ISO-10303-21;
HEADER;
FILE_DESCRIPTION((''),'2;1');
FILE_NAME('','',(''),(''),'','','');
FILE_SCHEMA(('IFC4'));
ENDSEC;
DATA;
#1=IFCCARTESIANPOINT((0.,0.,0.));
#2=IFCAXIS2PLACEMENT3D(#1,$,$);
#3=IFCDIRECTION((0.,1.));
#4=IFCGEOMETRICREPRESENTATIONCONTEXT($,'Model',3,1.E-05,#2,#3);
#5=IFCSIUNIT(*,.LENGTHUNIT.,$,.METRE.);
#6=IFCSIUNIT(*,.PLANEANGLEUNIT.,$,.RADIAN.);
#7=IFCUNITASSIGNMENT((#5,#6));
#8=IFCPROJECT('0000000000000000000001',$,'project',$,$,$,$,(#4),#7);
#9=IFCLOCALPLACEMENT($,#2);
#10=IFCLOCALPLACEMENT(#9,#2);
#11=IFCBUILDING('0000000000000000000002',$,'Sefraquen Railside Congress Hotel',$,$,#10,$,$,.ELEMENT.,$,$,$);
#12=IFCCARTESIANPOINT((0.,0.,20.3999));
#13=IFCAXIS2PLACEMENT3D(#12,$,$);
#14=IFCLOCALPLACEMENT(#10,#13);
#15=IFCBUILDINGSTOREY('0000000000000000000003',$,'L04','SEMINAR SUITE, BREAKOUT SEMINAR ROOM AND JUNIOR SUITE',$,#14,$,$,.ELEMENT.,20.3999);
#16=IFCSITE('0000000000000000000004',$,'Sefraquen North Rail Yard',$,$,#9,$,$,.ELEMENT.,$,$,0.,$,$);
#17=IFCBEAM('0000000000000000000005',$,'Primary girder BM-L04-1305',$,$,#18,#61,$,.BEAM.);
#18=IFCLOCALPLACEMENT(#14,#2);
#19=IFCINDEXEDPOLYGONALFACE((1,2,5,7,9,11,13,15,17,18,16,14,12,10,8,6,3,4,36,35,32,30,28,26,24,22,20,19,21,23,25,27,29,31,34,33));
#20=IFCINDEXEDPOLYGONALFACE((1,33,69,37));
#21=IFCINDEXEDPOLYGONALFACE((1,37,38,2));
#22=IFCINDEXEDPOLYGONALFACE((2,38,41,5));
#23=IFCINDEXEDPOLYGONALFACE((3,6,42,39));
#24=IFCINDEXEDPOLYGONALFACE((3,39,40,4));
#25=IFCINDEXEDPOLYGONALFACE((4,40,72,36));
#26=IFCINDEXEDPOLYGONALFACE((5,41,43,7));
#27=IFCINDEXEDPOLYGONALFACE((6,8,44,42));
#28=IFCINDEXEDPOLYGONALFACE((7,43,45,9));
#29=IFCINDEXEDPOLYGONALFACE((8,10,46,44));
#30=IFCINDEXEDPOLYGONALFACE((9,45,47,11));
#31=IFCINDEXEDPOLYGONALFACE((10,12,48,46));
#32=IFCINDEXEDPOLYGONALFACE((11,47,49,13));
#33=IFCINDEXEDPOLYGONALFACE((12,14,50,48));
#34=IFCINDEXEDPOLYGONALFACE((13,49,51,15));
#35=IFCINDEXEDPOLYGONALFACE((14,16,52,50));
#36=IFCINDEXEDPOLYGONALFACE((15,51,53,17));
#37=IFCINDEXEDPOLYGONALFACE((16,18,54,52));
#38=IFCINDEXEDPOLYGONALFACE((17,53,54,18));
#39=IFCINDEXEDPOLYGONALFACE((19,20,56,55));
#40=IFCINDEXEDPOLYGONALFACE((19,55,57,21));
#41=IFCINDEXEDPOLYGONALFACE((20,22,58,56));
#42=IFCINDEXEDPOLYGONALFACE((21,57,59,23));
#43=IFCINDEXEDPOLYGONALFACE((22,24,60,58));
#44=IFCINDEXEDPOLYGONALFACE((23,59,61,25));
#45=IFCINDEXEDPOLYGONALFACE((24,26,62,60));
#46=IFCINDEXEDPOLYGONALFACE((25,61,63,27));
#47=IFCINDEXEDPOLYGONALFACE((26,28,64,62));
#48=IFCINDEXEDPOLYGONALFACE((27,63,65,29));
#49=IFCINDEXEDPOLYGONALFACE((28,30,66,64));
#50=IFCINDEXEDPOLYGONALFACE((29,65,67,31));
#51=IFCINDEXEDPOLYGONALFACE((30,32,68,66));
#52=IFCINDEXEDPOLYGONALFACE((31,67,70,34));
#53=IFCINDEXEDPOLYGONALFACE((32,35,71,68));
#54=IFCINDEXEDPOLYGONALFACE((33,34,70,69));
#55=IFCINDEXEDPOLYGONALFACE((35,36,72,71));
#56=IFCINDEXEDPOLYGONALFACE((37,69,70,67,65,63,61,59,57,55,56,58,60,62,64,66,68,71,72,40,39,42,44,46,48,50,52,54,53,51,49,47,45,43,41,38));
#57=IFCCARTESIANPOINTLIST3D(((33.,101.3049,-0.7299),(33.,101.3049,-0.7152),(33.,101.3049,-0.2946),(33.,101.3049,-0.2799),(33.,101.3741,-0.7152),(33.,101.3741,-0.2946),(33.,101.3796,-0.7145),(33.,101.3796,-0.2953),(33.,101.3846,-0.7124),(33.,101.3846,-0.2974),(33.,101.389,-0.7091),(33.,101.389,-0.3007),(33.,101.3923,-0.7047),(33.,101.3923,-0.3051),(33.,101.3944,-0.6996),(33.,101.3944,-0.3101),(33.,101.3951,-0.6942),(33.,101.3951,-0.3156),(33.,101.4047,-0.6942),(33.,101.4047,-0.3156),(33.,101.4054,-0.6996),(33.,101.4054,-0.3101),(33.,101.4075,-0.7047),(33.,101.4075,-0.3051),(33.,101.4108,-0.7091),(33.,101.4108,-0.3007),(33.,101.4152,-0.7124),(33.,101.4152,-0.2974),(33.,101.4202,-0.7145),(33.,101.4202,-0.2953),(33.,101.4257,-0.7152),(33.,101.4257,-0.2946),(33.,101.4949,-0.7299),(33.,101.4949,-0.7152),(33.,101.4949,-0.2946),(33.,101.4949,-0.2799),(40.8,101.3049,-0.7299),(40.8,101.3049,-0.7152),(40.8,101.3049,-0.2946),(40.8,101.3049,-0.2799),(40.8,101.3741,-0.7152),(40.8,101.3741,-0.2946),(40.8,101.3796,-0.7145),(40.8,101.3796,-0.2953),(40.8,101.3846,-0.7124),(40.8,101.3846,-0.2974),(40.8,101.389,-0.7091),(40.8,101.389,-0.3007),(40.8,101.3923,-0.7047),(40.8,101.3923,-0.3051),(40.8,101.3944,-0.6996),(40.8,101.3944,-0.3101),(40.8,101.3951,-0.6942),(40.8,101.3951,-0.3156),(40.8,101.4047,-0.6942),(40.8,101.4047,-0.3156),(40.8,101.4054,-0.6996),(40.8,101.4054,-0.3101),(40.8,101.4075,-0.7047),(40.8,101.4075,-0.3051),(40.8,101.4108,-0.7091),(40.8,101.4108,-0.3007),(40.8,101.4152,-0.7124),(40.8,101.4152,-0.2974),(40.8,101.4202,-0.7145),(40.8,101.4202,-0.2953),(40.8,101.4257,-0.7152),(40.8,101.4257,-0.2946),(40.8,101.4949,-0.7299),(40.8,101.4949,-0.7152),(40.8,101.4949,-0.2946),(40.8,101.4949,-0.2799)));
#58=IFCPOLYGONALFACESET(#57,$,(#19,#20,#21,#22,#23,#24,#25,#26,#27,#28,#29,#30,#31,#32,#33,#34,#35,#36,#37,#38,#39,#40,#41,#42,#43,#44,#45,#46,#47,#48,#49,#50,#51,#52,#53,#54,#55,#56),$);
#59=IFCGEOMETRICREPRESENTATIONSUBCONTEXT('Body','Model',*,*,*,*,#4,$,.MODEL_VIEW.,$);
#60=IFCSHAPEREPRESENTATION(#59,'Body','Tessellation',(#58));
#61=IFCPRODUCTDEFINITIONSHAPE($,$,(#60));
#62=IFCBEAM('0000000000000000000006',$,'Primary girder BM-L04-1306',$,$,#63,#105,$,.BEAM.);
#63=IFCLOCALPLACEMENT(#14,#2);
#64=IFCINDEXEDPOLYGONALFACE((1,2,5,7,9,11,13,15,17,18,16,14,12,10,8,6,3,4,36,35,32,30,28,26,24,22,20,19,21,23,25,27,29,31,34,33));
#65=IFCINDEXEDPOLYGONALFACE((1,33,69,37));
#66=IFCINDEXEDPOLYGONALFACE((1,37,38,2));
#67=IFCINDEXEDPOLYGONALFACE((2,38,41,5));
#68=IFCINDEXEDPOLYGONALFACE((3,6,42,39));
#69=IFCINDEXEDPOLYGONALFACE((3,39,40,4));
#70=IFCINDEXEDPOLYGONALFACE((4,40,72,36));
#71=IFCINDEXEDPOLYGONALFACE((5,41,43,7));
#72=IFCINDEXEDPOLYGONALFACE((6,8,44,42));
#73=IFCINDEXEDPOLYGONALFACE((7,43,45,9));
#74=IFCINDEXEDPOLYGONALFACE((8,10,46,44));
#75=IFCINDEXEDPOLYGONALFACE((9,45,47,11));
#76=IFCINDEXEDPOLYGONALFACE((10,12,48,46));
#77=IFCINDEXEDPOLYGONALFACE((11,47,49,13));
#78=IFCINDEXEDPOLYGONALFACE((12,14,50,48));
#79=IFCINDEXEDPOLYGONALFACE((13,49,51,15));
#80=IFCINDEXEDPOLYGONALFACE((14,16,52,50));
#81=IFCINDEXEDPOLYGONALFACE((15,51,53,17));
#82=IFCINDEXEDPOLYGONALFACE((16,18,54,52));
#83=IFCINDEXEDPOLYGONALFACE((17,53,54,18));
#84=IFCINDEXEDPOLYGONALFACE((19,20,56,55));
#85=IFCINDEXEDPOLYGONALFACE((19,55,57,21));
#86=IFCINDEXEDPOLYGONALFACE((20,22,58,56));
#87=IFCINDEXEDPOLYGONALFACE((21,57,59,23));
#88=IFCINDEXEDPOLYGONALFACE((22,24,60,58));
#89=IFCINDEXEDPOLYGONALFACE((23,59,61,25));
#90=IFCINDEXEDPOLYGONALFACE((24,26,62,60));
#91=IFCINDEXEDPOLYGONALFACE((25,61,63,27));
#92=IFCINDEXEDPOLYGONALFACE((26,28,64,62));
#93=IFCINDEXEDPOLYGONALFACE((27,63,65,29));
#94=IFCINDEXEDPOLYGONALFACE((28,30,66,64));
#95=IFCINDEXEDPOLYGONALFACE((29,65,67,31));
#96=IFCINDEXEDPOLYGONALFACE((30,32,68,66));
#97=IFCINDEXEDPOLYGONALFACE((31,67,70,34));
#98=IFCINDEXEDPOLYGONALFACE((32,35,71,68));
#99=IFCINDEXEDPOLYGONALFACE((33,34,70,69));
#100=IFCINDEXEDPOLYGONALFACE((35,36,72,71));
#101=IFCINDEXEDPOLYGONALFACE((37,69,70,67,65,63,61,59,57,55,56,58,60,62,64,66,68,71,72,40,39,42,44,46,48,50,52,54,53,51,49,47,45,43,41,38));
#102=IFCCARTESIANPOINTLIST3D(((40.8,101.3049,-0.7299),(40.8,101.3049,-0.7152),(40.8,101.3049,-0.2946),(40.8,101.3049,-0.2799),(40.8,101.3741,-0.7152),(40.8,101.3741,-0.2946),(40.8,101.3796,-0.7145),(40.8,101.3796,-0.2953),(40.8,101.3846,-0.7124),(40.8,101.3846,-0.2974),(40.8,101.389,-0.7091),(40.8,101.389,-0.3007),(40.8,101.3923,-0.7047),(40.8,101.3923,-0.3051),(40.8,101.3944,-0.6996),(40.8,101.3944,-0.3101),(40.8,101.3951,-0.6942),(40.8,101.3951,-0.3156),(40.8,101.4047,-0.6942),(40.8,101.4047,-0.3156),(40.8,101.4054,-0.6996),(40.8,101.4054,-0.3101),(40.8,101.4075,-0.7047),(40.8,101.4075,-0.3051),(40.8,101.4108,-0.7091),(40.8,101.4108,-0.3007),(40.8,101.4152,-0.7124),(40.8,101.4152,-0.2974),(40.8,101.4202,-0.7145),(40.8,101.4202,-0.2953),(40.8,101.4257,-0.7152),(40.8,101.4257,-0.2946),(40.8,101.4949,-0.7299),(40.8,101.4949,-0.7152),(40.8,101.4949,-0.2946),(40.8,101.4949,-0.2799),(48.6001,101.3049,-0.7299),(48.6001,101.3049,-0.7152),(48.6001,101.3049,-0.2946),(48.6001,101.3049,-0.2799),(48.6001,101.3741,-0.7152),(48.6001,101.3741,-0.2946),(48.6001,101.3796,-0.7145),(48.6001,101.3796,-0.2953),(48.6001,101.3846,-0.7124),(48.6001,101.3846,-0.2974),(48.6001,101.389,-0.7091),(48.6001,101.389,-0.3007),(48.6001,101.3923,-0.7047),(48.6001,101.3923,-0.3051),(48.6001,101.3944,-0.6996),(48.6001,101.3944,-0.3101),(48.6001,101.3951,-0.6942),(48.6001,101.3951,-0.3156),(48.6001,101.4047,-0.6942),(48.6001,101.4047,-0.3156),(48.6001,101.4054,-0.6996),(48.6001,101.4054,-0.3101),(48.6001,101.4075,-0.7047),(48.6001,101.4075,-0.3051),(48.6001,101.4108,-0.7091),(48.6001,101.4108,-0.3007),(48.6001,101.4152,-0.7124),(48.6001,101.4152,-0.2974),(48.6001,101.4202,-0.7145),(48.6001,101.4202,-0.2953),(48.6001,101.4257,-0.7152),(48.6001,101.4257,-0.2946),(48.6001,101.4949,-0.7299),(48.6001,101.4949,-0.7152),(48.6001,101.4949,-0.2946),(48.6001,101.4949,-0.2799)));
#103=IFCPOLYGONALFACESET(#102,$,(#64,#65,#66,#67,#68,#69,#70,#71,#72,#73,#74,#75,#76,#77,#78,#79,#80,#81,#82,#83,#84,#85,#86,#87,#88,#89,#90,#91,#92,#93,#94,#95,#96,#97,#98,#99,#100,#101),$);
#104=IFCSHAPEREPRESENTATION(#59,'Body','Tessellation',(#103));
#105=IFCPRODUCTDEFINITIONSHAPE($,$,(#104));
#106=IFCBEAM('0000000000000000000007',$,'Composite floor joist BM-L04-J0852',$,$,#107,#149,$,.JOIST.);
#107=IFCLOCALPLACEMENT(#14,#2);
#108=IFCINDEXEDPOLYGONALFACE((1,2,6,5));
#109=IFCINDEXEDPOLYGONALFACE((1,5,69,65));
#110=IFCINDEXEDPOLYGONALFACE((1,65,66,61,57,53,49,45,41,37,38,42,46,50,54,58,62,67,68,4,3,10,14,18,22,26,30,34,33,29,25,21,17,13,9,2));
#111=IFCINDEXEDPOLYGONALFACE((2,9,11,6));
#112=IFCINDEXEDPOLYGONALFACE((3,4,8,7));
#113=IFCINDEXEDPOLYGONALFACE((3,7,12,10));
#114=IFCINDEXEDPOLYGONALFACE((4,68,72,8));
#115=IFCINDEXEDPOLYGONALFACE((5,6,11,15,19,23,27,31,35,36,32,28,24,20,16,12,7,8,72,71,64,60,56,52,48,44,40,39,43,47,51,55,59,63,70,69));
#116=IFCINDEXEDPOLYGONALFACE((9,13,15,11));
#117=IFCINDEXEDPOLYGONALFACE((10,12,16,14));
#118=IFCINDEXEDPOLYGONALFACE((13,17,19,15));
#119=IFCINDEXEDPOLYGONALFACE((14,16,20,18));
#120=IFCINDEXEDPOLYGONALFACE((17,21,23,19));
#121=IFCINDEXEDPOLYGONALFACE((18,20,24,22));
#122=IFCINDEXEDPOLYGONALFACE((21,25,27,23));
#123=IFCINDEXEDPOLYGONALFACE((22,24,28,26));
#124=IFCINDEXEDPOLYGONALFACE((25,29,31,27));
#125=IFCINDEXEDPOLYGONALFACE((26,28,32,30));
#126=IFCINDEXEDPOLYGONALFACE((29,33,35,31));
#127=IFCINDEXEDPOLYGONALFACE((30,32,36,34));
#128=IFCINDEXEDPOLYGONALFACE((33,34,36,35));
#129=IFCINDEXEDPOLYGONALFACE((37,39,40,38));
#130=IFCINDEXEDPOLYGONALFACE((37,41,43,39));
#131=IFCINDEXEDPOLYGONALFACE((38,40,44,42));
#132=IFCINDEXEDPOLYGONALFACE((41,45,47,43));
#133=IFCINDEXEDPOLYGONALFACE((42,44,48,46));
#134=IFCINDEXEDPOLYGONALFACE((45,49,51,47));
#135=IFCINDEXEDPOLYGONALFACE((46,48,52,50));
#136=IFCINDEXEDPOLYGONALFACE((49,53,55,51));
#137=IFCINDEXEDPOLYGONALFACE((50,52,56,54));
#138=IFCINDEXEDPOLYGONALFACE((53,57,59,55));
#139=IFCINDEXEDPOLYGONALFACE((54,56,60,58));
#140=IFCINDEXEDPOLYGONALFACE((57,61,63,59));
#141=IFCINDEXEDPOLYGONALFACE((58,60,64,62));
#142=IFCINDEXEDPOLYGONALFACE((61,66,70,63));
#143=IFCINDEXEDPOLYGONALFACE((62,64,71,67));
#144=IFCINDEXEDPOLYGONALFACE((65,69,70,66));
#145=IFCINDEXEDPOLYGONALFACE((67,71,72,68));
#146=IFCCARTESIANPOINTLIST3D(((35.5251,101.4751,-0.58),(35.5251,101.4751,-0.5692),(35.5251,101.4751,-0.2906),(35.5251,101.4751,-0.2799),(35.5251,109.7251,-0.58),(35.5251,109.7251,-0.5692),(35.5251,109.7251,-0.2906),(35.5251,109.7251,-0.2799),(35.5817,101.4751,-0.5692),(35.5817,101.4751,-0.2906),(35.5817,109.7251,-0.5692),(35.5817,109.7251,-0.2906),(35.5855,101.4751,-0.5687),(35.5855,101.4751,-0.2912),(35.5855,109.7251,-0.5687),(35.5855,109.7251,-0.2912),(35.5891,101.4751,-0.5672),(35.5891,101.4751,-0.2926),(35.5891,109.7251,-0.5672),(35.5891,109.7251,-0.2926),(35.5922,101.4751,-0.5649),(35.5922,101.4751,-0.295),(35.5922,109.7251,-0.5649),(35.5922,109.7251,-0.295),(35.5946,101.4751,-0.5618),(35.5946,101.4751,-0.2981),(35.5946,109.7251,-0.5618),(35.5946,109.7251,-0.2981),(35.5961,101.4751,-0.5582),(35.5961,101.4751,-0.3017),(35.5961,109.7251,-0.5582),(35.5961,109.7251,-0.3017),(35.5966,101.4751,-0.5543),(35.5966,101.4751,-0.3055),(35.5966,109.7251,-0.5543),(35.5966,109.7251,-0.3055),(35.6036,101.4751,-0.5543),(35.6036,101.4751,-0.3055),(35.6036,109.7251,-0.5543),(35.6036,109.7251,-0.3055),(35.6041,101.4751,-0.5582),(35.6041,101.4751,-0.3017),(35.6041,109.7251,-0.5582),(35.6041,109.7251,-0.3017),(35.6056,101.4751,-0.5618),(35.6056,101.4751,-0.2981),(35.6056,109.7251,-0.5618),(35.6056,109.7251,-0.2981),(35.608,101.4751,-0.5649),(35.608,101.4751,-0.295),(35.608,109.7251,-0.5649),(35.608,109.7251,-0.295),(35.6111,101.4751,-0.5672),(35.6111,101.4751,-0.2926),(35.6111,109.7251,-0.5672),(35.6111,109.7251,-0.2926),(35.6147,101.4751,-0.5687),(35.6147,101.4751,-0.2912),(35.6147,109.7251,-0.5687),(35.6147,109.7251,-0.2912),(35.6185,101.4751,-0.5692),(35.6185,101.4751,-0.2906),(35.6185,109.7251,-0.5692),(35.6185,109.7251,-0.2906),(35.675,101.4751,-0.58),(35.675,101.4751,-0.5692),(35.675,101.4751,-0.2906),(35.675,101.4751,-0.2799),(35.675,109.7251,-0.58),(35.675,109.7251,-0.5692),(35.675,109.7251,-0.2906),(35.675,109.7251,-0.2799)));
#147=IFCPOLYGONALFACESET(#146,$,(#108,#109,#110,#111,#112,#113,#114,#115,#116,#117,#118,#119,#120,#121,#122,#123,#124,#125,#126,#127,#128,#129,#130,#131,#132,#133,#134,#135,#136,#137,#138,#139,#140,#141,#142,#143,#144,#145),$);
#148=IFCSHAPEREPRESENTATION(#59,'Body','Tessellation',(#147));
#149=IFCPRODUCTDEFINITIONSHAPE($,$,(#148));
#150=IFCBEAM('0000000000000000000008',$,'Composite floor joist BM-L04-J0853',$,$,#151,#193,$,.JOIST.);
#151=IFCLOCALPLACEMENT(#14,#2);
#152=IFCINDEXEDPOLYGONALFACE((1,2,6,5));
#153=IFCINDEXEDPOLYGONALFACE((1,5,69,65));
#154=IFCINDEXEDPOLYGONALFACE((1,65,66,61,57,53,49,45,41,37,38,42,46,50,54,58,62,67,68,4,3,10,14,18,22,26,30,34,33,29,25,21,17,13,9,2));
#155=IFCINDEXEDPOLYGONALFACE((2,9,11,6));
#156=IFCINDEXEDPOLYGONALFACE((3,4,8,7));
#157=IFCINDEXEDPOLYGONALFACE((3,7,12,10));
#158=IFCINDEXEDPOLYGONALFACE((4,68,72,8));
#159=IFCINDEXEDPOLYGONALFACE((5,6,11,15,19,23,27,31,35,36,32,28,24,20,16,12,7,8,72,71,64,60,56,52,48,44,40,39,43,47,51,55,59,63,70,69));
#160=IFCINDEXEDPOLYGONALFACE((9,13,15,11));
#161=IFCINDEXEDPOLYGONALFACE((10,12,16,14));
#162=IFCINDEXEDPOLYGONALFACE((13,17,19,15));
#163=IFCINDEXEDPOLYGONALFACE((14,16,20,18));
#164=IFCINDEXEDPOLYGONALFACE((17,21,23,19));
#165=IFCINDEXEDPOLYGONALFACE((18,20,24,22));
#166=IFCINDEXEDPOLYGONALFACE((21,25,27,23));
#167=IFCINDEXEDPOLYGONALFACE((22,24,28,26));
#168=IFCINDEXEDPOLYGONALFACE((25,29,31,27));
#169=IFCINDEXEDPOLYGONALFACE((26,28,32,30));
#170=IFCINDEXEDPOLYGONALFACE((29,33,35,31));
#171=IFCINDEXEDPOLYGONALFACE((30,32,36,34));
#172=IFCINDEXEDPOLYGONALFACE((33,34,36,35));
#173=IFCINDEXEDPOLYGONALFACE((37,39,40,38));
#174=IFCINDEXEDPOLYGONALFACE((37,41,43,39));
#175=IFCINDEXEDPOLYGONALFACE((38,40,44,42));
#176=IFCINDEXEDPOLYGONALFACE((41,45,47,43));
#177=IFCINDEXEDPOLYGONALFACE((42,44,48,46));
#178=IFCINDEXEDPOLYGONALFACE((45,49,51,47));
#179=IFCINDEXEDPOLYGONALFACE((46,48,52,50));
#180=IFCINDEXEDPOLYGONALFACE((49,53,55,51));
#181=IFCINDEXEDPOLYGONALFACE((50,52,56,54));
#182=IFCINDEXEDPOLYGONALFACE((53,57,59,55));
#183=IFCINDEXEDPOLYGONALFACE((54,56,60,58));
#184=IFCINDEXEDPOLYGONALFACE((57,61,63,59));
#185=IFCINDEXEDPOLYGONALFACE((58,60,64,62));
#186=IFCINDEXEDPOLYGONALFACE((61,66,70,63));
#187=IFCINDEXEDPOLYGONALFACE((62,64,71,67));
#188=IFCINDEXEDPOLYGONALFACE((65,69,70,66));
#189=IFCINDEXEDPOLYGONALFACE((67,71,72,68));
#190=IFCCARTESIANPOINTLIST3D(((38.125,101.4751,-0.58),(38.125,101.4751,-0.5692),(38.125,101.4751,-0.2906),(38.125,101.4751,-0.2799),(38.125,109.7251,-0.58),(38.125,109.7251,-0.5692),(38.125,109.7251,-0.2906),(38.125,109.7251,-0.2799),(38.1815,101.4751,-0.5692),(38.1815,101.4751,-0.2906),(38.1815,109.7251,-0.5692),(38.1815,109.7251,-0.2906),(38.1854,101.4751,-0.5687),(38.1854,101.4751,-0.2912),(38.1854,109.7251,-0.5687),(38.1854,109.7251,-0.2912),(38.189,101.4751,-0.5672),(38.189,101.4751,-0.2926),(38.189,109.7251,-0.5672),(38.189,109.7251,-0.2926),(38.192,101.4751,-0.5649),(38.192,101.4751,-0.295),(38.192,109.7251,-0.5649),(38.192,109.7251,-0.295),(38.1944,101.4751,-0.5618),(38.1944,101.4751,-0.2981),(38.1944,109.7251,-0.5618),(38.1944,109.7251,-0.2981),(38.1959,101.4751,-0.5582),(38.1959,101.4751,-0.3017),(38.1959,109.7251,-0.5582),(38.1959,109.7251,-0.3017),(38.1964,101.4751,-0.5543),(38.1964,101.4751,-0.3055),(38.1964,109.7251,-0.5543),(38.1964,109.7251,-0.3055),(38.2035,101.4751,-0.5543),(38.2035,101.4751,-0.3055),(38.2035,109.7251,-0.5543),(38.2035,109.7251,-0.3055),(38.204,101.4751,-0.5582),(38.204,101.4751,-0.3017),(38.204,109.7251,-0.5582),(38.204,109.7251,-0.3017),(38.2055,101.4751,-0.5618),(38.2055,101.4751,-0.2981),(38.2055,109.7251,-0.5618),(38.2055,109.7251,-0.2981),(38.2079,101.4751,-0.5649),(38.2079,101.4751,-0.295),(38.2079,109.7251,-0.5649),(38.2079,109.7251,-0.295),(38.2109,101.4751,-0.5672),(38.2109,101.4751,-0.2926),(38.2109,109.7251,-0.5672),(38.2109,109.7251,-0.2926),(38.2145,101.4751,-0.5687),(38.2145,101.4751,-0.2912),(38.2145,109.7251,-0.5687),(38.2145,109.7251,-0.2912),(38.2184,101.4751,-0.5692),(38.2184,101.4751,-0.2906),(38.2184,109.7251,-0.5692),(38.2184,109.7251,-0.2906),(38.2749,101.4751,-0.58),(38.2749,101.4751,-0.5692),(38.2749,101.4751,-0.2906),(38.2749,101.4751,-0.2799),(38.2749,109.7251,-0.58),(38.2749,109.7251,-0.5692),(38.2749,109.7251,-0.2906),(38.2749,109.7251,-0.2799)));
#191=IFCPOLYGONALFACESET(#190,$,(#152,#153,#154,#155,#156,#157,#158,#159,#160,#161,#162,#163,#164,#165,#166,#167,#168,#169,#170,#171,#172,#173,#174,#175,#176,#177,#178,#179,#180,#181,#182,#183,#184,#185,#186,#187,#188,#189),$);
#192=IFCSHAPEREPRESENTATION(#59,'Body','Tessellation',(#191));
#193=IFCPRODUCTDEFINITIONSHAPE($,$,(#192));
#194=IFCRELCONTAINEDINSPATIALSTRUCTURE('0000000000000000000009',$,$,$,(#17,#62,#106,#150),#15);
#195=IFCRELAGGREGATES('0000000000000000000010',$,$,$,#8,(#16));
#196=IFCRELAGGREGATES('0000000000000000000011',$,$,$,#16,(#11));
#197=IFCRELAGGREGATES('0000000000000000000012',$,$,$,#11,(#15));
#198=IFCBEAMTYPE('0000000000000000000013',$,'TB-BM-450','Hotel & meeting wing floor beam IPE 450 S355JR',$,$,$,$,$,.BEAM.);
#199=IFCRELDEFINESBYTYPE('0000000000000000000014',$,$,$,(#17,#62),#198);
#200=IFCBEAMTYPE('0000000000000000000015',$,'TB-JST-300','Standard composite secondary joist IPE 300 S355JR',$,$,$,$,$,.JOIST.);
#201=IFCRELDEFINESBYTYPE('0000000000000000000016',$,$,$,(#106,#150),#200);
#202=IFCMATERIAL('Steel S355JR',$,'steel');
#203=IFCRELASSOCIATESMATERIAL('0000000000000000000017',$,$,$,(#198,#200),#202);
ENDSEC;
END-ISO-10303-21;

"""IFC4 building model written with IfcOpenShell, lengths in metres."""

from ifc_helpers import new_model, si_unit, direction, frame, origin, origin_2d, place, context, subcontext, project, spatial, i_section, extrude, material, material_profile, profile_set, type_object, element, save


model = new_model("IFC4")

# Units and contexts
model_context = context("Model", 3, precision=1e-05, world=origin(), true_north=direction((0.0, 1.0)))
body_context = subcontext(model_context, "Body", "Model", "MODEL_VIEW")
ifc_project = project(units=[si_unit("LENGTHUNIT", "METRE"), si_unit("PLANEANGLEUNIT", "RADIAN")], contexts=[model_context])

# Site, building, storey
site_placement = place(None, origin())
site = spatial("IfcSite", under=ifc_project, at=site_placement, Name="Sefraquen North Rail Yard", CompositionType="ELEMENT", RefElevation=0.0)
building_placement = place(site_placement, origin())
building = spatial("IfcBuilding", under=site, at=building_placement, Name="Sefraquen Railside Congress Hotel", CompositionType="ELEMENT")
storey_placement = place(building_placement, frame((0.0, 0.0, 20.3999)))
storey = spatial("IfcBuildingStorey", under=building, at=storey_placement, Name="L04", Description="SEMINAR SUITE, BREAKOUT SEMINAR ROOM AND JUNIOR SUITE", CompositionType="ELEMENT", Elevation=20.3999)

# Shared definitions
ifc_material_1 = material(Name="Steel S355JR", Category="steel")

# Beams
ifc_material_profile_1 = material_profile(ifc_material_1, i_section(OverallWidth=0.1899, OverallDepth=0.45, WebThickness=0.0095, FlangeThickness=0.0146, FilletRadius=0.021, at=origin_2d()), Name="IPE 450")
ifc_profile_set_1 = profile_set([ifc_material_profile_1], Name="Steel S355JR")
beam_type_1 = type_object("IfcBeamType", Name="TB-BM-450", Description="Hotel & meeting wing floor beam IPE 450 S355JR", PredefinedType="BEAM", material=ifc_profile_set_1)
for number, where, z_axis, x_axis, name in (
    (1, (33.0, 101.3999, -0.5049), (1.0, 0.0, 0.0), (0.0, 1.0, 0.0), "Primary girder BM-L04-1305"),
    (2, (40.8, 101.3999, -0.5049), (1.0, 0.0, 0.0), (0.0, 1.0, 0.0), "Primary girder BM-L04-1306"),
):
    element("IfcBeam", number, at=place(storey_placement, frame(where, z_axis=z_axis, x_axis=x_axis)), inside=storey, type_object=beam_type_1, Name=name, PredefinedType="BEAM", context=body_context, shape_type="SweptSolid", body=[
        extrude(i_section(OverallWidth=0.1899, OverallDepth=0.45, WebThickness=0.0095, FlangeThickness=0.0146, FilletRadius=0.021, at=origin_2d()), origin(), (0.0, 0.0, 1.0), 7.8),
    ])
ifc_material_profile_2 = material_profile(ifc_material_1, i_section(OverallWidth=0.1499, OverallDepth=0.3, WebThickness=0.0071, FlangeThickness=0.0107, FilletRadius=0.0149, at=origin_2d()), Name="IPE 300")
ifc_profile_set_2 = profile_set([ifc_material_profile_2], Name="Steel S355JR")
beam_type_2 = type_object("IfcBeamType", Name="TB-JST-300", Description="Standard composite secondary joist IPE 300 S355JR", PredefinedType="JOIST", material=ifc_profile_set_2)
for number, where, z_axis, x_axis, name in (
    (3, (35.6001, 101.4751, -0.4299), (0.0, 1.0, 0.0), (-1.0, 0.0, 0.0), "Composite floor joist BM-L04-J0852"),
    (4, (38.2, 101.4751, -0.4299), (0.0, 1.0, 0.0), (-1.0, 0.0, 0.0), "Composite floor joist BM-L04-J0853"),
):
    element("IfcBeam", number, at=place(storey_placement, frame(where, z_axis=z_axis, x_axis=x_axis)), inside=storey, type_object=beam_type_2, Name=name, PredefinedType="JOIST", context=body_context, shape_type="SweptSolid", body=[
        extrude(i_section(OverallWidth=0.1499, OverallDepth=0.3, WebThickness=0.0071, FlangeThickness=0.0107, FilletRadius=0.0149, at=origin_2d()), origin(), (0.0, 0.0, 1.0), 8.25),
    ])

save(model, "model.ifc")
